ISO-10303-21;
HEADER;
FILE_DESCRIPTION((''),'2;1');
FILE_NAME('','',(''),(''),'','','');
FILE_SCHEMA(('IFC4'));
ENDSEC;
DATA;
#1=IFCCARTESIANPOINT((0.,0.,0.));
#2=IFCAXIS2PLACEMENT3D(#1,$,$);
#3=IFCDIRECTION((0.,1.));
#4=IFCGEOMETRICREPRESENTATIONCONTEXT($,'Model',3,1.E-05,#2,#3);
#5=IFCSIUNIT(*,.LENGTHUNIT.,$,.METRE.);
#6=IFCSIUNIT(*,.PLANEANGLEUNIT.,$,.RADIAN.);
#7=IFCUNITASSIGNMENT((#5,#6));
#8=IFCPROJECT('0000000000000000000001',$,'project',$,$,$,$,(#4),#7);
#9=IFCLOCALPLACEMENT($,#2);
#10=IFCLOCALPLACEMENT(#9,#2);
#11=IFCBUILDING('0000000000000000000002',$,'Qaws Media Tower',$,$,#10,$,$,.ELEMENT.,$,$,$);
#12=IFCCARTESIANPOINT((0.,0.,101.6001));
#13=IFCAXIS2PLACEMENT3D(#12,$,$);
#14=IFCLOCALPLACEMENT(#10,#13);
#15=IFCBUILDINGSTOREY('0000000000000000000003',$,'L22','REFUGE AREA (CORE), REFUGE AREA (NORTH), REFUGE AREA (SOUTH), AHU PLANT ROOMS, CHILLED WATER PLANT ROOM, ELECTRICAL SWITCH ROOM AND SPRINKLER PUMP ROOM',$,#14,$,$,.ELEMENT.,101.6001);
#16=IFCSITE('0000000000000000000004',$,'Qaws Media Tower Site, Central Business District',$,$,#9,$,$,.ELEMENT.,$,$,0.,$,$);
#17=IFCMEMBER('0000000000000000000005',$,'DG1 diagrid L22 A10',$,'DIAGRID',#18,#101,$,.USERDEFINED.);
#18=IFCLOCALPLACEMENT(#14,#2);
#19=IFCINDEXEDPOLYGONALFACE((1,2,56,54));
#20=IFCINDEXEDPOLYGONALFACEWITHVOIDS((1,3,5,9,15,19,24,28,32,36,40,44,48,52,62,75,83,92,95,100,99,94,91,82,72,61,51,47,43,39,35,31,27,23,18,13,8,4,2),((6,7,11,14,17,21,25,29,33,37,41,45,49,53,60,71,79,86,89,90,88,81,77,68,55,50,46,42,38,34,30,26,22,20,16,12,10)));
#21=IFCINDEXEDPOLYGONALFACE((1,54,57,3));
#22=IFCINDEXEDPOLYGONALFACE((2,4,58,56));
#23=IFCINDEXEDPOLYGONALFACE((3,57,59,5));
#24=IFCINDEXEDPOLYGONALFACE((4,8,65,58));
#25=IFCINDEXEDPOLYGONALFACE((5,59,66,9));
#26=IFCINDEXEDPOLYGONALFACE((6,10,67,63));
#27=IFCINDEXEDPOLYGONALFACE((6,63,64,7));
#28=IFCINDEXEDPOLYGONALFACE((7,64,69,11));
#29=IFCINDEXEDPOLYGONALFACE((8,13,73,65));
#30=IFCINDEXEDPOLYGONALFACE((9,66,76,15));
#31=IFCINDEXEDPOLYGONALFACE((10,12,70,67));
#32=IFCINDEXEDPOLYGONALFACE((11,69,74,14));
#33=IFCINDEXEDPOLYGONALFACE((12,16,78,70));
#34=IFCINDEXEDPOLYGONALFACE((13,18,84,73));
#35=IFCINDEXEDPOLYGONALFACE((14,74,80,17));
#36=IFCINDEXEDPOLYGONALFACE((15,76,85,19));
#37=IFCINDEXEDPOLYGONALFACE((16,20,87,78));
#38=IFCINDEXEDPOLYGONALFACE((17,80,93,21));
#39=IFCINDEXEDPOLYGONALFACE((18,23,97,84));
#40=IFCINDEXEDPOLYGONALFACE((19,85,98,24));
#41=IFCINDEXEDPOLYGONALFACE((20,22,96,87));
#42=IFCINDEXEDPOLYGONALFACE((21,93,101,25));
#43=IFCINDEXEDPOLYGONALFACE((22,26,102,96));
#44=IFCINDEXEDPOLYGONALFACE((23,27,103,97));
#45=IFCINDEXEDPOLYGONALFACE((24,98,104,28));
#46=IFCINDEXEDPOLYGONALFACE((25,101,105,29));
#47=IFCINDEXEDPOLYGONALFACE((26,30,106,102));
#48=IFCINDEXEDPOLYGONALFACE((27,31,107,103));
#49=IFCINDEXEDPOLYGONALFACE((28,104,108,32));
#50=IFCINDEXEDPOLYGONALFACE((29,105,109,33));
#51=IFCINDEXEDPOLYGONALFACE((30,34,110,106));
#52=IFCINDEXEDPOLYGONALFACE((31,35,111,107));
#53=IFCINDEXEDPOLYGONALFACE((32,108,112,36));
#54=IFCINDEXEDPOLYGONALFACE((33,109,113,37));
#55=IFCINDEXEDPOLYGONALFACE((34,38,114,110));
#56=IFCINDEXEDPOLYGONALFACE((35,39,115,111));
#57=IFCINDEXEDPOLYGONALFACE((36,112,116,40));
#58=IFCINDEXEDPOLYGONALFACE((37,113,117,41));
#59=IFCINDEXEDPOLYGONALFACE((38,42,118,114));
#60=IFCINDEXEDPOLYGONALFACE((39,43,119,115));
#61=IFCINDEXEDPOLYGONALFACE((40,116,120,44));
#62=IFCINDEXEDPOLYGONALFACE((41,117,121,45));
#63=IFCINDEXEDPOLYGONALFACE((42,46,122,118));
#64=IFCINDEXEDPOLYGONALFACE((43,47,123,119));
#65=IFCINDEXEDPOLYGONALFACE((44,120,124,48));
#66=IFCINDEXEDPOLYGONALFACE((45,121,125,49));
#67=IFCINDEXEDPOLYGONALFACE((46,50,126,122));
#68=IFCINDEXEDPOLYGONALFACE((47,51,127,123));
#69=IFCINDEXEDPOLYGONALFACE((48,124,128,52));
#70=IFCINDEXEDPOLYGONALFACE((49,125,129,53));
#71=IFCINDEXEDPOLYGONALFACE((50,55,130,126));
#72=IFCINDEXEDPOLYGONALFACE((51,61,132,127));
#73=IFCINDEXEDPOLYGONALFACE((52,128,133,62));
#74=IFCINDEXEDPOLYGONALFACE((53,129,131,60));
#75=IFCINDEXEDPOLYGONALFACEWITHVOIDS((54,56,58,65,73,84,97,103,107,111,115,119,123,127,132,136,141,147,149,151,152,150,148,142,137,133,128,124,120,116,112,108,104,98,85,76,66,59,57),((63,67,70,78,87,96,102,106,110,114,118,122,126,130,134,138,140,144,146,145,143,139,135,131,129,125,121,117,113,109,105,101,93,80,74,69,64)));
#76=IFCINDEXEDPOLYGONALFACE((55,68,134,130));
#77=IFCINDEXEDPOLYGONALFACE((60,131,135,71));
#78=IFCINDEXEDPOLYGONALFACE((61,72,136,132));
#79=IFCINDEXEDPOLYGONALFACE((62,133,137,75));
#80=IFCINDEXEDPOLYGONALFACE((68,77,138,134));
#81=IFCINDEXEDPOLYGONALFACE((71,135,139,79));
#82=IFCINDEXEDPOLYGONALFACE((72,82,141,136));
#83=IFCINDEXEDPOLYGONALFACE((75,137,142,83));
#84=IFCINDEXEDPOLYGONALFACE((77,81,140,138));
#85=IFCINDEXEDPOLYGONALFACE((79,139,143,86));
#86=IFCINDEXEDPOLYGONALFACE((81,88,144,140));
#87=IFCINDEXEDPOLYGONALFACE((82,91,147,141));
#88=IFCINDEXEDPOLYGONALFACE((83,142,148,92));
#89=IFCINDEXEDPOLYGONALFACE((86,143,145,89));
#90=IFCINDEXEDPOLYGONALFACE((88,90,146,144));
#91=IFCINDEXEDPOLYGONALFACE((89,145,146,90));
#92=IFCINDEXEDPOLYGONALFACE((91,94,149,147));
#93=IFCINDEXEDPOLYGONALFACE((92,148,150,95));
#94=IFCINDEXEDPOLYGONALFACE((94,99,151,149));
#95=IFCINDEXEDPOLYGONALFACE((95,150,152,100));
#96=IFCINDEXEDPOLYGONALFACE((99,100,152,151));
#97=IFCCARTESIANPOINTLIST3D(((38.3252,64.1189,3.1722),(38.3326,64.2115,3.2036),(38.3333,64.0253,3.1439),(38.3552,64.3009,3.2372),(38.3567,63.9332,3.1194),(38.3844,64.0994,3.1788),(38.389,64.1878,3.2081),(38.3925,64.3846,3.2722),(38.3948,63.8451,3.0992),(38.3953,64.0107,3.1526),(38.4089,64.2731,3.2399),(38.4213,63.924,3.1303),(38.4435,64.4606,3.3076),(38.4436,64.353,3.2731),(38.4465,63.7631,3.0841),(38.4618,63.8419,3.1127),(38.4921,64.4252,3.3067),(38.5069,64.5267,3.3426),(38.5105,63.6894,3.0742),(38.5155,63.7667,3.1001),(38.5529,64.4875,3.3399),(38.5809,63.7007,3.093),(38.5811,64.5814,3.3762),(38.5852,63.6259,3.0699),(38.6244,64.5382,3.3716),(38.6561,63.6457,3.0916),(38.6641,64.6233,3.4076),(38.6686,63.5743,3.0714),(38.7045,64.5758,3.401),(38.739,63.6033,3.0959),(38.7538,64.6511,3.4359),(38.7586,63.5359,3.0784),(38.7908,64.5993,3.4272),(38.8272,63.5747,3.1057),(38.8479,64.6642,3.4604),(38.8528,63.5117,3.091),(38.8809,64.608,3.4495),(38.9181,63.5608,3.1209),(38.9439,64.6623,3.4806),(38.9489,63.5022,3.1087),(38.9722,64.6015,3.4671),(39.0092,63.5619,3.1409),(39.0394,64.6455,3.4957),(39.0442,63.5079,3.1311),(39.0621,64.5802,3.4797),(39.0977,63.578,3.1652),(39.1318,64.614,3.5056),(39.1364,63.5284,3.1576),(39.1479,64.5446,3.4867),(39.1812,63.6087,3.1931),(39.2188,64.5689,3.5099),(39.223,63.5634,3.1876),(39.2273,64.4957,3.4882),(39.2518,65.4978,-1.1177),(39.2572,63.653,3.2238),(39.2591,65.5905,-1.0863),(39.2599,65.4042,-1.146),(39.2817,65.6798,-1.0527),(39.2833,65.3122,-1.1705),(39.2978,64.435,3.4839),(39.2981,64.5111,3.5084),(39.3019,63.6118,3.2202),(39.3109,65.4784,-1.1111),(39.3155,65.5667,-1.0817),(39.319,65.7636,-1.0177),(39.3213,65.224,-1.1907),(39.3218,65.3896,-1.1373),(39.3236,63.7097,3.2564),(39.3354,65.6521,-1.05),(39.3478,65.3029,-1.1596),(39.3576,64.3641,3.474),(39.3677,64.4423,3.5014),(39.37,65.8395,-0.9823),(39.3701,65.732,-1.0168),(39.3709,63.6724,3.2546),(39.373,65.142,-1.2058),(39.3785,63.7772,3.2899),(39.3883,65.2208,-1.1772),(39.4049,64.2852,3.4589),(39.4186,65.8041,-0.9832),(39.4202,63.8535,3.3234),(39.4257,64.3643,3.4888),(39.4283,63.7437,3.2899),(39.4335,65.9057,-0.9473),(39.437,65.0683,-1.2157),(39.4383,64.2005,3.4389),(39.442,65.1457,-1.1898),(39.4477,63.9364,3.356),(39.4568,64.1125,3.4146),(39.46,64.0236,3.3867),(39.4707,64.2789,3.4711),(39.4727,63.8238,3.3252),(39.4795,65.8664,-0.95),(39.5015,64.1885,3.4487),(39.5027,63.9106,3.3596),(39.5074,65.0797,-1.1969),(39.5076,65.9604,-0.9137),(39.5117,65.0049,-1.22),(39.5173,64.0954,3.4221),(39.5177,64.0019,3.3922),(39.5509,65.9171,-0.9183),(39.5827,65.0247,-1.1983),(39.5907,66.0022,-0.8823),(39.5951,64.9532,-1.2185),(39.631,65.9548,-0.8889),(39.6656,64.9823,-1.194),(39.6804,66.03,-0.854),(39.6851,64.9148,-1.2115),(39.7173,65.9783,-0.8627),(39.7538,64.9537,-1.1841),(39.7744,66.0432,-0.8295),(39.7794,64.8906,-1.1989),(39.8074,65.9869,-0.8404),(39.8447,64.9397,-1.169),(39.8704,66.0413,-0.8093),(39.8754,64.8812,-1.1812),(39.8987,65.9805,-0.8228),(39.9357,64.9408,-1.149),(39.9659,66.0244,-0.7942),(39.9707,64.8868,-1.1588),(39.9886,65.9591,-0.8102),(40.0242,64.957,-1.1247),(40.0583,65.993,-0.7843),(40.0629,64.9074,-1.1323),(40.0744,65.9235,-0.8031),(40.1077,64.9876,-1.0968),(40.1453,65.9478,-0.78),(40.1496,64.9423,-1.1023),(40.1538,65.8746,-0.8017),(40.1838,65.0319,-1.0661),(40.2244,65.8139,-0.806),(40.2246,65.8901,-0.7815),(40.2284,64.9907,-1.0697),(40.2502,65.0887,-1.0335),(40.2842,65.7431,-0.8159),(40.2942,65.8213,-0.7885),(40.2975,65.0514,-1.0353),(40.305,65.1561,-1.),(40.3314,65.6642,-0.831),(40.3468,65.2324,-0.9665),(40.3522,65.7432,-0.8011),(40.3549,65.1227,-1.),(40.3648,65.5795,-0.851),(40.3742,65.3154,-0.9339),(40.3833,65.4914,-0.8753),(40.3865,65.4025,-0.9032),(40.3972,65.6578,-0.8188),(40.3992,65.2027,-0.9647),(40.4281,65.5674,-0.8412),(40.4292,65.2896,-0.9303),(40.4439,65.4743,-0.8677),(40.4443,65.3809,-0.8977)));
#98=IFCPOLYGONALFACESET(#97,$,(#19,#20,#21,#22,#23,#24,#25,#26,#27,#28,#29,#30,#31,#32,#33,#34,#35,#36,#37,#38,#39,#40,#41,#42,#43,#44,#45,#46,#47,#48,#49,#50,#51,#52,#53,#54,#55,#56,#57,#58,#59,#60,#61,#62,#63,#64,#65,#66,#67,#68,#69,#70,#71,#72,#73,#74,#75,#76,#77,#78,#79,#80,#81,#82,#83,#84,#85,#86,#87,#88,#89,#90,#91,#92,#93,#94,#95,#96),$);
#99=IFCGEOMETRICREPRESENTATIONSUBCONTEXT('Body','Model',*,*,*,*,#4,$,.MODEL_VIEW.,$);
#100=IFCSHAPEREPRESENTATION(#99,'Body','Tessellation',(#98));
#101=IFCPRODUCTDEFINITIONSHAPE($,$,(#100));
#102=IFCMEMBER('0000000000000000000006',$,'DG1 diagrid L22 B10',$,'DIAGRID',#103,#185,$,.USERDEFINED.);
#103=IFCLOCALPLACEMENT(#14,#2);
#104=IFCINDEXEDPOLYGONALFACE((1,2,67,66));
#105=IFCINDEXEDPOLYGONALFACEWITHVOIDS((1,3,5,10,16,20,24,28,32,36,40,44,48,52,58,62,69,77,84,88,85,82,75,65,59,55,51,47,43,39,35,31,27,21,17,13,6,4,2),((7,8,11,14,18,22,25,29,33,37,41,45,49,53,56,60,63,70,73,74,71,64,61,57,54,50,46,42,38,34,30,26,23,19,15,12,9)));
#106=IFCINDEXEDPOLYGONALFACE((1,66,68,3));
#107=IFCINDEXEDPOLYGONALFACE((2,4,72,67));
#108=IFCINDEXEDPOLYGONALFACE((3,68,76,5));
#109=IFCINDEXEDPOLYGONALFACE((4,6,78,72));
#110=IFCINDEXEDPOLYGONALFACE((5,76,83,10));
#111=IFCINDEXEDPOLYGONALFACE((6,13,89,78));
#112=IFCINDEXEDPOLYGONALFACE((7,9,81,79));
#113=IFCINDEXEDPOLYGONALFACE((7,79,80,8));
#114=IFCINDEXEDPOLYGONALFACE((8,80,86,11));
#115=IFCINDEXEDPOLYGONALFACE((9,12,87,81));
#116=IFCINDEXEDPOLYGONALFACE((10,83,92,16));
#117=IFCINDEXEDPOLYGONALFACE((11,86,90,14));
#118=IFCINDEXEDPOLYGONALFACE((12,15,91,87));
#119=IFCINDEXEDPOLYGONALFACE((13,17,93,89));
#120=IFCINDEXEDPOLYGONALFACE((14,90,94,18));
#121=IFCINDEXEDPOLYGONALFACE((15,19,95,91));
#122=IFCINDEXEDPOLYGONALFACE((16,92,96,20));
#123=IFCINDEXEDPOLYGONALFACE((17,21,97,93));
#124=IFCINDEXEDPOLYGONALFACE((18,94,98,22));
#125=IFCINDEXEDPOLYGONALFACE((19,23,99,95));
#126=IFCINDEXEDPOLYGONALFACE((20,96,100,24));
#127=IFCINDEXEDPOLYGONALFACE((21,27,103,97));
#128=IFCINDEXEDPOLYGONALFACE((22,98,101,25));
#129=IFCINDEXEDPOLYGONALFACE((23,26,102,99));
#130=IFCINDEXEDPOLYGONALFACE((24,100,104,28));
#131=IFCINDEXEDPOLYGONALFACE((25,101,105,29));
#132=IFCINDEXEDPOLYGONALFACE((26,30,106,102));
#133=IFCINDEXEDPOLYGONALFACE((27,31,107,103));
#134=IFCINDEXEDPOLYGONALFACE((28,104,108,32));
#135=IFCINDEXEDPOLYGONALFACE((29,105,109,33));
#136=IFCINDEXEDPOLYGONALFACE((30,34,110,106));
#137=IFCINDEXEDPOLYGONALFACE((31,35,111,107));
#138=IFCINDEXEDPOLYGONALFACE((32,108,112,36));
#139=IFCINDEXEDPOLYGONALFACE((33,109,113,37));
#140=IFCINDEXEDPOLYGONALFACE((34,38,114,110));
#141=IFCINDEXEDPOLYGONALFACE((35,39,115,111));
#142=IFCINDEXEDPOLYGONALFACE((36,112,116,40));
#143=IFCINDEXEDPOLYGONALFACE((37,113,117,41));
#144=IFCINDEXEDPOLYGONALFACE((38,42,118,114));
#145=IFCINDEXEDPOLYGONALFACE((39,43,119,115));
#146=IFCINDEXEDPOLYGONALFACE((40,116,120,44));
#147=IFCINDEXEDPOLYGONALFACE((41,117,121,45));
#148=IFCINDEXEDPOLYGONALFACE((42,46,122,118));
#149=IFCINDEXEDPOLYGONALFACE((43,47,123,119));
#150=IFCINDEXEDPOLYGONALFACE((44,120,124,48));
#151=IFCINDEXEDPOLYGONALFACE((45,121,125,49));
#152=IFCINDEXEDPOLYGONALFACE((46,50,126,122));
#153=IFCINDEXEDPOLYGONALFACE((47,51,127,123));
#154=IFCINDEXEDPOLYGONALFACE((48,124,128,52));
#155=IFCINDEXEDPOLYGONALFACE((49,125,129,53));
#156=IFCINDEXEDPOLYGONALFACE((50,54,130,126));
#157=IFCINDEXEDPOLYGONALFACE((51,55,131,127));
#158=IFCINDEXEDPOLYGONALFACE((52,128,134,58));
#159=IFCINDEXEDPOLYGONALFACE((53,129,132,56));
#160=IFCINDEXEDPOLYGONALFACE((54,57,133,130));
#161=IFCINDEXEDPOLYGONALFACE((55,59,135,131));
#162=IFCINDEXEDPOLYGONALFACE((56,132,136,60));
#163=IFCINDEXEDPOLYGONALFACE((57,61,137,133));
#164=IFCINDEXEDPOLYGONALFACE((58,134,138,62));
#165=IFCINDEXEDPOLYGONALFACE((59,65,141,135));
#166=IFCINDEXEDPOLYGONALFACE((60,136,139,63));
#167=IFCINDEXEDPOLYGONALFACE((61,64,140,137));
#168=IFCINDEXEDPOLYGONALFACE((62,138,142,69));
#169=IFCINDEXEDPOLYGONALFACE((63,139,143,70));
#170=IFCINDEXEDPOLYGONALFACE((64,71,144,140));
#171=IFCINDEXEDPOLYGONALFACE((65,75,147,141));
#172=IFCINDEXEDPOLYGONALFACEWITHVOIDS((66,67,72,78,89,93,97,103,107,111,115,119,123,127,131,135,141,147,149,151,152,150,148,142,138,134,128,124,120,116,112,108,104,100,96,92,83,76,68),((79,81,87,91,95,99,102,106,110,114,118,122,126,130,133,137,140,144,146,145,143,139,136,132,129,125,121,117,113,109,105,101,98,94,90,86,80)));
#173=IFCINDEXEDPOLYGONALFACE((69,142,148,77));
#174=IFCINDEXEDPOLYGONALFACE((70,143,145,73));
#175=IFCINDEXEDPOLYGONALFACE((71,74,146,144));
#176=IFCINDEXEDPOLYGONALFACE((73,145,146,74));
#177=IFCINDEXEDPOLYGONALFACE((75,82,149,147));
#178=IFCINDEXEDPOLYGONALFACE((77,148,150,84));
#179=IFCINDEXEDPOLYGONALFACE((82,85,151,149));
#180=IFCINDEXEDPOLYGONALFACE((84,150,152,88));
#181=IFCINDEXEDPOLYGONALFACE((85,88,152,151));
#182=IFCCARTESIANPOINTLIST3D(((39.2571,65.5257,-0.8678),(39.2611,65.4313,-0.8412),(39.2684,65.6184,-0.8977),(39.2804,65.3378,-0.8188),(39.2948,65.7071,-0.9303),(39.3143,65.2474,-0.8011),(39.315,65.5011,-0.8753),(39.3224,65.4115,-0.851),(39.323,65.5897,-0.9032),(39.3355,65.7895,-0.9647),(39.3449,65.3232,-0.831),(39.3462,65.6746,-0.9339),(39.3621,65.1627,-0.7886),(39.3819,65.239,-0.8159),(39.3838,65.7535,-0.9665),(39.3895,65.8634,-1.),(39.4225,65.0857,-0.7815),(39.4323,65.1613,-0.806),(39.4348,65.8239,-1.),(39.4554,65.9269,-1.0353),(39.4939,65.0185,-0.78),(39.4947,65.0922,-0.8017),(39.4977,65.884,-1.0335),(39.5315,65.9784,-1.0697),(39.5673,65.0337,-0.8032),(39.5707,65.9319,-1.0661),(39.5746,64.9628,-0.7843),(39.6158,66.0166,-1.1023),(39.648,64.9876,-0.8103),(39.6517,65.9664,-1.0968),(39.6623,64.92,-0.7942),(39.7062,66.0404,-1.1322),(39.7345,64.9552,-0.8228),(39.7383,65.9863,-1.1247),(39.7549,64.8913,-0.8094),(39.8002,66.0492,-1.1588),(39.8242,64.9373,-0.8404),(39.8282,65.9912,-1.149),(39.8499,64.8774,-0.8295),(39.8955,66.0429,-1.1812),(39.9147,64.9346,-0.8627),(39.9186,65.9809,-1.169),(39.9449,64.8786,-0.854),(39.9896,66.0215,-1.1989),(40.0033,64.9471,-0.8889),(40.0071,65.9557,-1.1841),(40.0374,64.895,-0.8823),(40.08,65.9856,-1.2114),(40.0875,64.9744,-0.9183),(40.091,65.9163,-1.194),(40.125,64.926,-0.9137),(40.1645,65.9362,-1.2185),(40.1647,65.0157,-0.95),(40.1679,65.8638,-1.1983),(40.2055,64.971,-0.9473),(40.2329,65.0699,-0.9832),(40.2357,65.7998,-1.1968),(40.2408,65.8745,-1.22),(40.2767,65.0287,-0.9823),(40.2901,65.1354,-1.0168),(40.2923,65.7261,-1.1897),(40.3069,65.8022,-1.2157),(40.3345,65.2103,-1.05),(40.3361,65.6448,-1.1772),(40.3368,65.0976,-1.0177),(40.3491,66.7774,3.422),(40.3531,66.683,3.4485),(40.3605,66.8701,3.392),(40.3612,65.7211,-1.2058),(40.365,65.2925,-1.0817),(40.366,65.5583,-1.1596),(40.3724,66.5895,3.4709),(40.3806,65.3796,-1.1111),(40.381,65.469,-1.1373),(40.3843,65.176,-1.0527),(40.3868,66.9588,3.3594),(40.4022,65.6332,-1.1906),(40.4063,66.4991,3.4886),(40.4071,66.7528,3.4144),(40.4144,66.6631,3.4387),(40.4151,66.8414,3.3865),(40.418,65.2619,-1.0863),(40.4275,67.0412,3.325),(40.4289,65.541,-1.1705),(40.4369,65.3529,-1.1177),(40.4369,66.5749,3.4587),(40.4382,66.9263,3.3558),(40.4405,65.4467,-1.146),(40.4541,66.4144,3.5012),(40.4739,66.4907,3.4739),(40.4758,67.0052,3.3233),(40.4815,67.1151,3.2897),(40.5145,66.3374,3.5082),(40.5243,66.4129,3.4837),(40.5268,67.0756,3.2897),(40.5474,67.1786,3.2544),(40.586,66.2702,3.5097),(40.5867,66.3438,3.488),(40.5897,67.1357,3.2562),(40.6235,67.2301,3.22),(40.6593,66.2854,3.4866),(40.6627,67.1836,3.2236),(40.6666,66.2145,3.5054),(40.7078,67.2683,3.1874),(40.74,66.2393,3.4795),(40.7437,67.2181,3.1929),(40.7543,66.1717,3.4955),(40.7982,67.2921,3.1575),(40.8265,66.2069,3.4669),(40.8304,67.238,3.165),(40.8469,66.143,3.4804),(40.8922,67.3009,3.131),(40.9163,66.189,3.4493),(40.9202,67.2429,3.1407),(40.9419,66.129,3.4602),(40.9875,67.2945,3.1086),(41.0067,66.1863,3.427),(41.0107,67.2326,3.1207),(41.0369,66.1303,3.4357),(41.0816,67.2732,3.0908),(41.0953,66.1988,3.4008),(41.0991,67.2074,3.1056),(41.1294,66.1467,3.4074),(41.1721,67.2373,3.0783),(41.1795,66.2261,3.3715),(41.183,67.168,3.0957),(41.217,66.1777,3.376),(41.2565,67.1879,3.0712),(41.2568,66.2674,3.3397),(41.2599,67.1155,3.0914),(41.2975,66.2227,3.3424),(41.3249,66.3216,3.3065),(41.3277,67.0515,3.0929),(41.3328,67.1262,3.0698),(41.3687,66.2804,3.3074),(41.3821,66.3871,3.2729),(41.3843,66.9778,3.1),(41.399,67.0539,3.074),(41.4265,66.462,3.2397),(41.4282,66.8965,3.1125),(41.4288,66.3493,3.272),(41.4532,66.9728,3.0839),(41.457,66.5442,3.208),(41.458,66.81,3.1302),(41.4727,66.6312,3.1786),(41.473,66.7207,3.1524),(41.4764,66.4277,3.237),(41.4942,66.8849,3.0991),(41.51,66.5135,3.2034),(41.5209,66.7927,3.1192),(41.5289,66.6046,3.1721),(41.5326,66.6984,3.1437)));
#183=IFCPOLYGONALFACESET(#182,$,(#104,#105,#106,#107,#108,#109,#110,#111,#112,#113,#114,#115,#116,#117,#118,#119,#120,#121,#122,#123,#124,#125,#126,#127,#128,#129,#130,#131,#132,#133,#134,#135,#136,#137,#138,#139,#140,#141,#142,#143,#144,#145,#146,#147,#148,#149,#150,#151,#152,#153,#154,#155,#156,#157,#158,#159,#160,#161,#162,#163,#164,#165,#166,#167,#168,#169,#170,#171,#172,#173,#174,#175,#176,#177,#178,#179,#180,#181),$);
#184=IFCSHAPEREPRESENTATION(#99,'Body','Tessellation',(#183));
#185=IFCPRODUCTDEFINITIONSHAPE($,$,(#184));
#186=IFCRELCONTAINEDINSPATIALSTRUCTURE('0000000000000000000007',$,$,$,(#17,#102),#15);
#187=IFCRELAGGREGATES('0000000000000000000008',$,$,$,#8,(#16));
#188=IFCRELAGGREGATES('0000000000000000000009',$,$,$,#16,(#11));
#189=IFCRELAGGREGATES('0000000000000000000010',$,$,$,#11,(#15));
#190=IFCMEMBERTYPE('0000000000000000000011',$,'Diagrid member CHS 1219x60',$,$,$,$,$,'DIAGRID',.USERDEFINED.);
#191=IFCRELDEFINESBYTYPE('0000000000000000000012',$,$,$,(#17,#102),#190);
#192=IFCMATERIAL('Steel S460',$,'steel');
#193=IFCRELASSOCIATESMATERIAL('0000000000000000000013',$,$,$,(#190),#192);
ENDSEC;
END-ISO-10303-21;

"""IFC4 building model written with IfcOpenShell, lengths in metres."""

from ifc_helpers import new_model, si_unit, direction, frame, origin, origin_2d, place, context, subcontext, project, spatial, hollow_circle, extrude, material, material_profile, profile_set, type_object, element, save


model = new_model("IFC4")

# Units and contexts
model_context = context("Model", 3, precision=1e-05, world=origin(), true_north=direction((0.0, 1.0)))
body_context = subcontext(model_context, "Body", "Model", "MODEL_VIEW")
ifc_project = project(units=[si_unit("LENGTHUNIT", "METRE"), si_unit("PLANEANGLEUNIT", "RADIAN")], contexts=[model_context])

# Site, building, storey
site_placement = place(None, origin())
site = spatial("IfcSite", under=ifc_project, at=site_placement, Name="Qaws Media Tower Site, Central Business District", CompositionType="ELEMENT", RefElevation=0.0)
building_placement = place(site_placement, origin())
building = spatial("IfcBuilding", under=site, at=building_placement, Name="Qaws Media Tower", CompositionType="ELEMENT")
storey_placement = place(building_placement, frame((0.0, 0.0, 101.6001)))
storey = spatial("IfcBuildingStorey", under=building, at=storey_placement, Name="L22", Description="REFUGE AREA (CORE), REFUGE AREA (NORTH), REFUGE AREA (SOUTH), AHU PLANT ROOMS, CHILLED WATER PLANT ROOM, ELECTRICAL SWITCH ROOM AND SPRINKLER PUMP ROOM", CompositionType="ELEMENT", Elevation=101.6001)

# Members
ifc_material_1 = material(Name="Steel S460", Category="steel")
ifc_material_profile_1 = material_profile(ifc_material_1, hollow_circle(Radius=0.6096, WallThickness=0.0601, at=origin_2d()), Name="CHS 1219x60")
ifc_profile_set_1 = profile_set([ifc_material_profile_1], Name="Steel S460")
member_type_1 = type_object("IfcMemberType", Name="Diagrid member CHS 1219x60", ElementType="DIAGRID", PredefinedType="USERDEFINED", material=ifc_profile_set_1)
for number, where, z_axis, x_axis, name in (
    (1, (39.8489, 65.4626, -1.0), (-0.201406, -0.299747, 0.932517), (0.830033, -0.557715, 0.0), "DG1 diagrid L22 A10"),
):
    element("IfcMember", number, at=place(storey_placement, frame(where, z_axis=z_axis, x_axis=x_axis)), inside=storey, type_object=member_type_1, Name=name, ObjectType="DIAGRID", PredefinedType="USERDEFINED", context=body_context, shape_type="SweptSolid", body=[
        extrude(hollow_circle(Radius=0.6096, WallThickness=0.0601, at=origin_2d()), origin(), (0.0, 0.0, 1.0), 4.6003),
    ])
member_1_placement = place(storey_placement, frame((39.8489, 65.4626, -1.0), z_axis=(0.237391, 0.2721, 0.932527), x_axis=(-0.753532, 0.657411, 0.0)))
element("IfcMember", 2, at=member_1_placement, inside=storey, type_object=member_type_1, Name="DG1 diagrid L22 B10", ObjectType="DIAGRID", PredefinedType="USERDEFINED", context=body_context, shape_type="SweptSolid", body=[
    extrude(hollow_circle(Radius=0.6096, WallThickness=0.0601, at=origin_2d()), origin(), (0.0, 0.0, 1.0), 4.6001),
])

save(model, "model.ifc")
